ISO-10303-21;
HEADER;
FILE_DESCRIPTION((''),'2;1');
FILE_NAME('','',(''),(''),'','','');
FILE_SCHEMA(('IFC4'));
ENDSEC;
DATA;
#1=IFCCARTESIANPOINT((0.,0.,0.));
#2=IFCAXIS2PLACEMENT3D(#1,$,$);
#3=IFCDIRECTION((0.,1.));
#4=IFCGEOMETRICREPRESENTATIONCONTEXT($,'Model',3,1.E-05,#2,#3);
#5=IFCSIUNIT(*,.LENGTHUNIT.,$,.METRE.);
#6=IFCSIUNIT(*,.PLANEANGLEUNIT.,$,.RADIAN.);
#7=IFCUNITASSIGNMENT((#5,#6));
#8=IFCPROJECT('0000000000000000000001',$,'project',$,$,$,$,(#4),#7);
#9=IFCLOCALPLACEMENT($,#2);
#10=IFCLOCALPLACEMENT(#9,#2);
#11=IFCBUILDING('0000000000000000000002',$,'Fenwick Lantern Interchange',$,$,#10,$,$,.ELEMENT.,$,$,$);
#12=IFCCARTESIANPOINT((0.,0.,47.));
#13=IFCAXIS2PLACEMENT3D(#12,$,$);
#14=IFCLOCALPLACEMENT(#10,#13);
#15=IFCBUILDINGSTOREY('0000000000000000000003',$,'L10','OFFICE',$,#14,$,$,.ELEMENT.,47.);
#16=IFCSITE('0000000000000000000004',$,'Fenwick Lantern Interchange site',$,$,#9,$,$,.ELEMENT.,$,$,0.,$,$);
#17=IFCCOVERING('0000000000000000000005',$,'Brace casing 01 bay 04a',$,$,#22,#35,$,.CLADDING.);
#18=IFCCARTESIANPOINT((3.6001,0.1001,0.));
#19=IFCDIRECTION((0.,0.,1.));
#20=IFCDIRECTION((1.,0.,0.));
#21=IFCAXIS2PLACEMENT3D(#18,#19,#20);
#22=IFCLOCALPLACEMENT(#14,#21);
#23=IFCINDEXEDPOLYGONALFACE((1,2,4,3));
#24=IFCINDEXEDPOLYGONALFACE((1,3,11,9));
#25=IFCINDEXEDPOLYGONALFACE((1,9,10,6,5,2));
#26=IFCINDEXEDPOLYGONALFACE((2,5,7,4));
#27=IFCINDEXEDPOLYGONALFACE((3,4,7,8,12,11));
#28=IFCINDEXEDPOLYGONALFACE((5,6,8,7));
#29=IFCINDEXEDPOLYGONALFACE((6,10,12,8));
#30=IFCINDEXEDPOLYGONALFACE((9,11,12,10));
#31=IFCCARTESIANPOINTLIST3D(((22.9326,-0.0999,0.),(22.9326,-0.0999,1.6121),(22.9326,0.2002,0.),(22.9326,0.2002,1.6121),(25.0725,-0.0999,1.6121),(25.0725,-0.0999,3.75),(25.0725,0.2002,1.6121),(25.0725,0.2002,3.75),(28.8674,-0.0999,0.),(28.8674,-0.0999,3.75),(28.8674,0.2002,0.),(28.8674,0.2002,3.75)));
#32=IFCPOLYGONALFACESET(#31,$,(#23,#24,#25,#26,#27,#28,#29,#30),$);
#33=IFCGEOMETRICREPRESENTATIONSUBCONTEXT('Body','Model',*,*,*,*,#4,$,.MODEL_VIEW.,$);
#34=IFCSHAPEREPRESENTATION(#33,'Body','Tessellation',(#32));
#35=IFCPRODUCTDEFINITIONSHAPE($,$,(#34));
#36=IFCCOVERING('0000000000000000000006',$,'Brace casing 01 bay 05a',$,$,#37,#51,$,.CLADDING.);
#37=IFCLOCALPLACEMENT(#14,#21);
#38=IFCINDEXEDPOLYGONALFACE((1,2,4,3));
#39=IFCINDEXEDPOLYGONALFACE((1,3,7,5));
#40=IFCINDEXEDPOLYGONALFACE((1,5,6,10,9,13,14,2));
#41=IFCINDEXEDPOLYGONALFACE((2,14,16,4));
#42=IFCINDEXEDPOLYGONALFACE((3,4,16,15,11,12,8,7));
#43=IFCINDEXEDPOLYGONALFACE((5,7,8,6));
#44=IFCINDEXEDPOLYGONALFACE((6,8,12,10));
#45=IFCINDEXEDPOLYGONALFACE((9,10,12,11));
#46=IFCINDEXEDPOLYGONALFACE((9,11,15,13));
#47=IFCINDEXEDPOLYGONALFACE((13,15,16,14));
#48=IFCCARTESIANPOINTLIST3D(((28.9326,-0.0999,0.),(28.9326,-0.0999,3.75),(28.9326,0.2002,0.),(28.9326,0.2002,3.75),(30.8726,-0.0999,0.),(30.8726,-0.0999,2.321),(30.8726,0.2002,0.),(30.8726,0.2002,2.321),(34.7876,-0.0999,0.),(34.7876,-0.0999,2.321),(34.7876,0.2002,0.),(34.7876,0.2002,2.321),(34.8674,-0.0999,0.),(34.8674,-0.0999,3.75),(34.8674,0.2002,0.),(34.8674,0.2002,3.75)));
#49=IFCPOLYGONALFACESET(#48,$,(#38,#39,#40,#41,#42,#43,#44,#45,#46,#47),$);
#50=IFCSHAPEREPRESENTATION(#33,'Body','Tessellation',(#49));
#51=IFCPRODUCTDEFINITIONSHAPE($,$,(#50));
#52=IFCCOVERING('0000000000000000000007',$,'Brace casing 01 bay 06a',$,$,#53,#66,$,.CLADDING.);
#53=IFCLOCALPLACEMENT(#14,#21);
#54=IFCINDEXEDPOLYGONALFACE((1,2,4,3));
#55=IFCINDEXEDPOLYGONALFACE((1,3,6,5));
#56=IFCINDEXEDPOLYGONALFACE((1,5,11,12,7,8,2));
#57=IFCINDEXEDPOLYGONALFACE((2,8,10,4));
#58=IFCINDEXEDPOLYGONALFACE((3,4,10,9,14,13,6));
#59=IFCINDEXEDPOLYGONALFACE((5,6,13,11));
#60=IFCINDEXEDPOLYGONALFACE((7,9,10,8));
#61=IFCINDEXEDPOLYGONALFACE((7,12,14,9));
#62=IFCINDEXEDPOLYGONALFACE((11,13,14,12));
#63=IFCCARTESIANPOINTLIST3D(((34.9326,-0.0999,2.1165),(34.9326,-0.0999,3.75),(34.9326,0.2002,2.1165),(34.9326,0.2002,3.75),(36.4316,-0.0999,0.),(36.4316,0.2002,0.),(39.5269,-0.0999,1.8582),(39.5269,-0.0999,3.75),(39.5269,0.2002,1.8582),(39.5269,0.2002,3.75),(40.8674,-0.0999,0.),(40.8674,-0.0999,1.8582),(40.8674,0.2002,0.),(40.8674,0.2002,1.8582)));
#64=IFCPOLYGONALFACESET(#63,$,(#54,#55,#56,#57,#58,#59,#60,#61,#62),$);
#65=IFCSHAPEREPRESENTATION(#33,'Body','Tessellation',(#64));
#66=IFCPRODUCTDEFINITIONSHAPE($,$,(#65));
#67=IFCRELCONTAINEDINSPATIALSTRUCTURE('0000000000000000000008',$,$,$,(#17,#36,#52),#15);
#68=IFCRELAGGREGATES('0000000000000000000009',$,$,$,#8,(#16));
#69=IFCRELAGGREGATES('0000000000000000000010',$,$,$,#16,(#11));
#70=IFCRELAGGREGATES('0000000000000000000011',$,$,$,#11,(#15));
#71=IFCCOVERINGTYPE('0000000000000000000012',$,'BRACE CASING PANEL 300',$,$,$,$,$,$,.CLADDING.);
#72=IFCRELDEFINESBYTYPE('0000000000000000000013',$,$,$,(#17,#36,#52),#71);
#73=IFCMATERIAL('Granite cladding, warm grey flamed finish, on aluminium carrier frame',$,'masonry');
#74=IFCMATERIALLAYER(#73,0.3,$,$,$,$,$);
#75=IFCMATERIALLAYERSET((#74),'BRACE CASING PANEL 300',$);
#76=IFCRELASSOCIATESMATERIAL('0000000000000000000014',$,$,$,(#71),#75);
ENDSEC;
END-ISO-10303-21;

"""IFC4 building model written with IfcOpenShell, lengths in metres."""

from ifc_helpers import new_model, si_unit, direction, frame, origin, place, context, subcontext, project, spatial, polyline, outline, extrude, material, layer, layer_set, type_object, element, save


model = new_model("IFC4")

# Units and contexts
model_context = context("Model", 3, precision=1e-05, world=origin(), true_north=direction((0.0, 1.0)))
body_context = subcontext(model_context, "Body", "Model", "MODEL_VIEW")
ifc_project = project(units=[si_unit("LENGTHUNIT", "METRE"), si_unit("PLANEANGLEUNIT", "RADIAN")], contexts=[model_context])

# Site, building, storey
site_placement = place(None, origin())
site = spatial("IfcSite", under=ifc_project, at=site_placement, Name="Fenwick Lantern Interchange site", CompositionType="ELEMENT", RefElevation=0.0)
building_placement = place(site_placement, origin())
building = spatial("IfcBuilding", under=site, at=building_placement, Name="Fenwick Lantern Interchange", CompositionType="ELEMENT")
storey_placement = place(building_placement, frame((0.0, 0.0, 47.0)))
storey = spatial("IfcBuildingStorey", under=building, at=storey_placement, Name="L10", Description="OFFICE", CompositionType="ELEMENT", Elevation=47.0)

# Coverings
ifc_material_1 = material(Name="Granite cladding, warm grey flamed finish, on aluminium carrier frame", Category="masonry")
ifc_layer_1 = layer(ifc_material_1, 0.3)
ifc_layer_set_1 = layer_set([ifc_layer_1], Name="BRACE CASING PANEL 300")
covering_type = type_object("IfcCoveringType", Name="BRACE CASING PANEL 300", PredefinedType="CLADDING", material=ifc_layer_set_1)
covering_1_placement = place(storey_placement, frame((3.6001, 0.1001, 0.0), z_axis=(0.0, 0.0, 1.0), x_axis=(1.0, 0.0, 0.0)))
element("IfcCovering", 1, at=covering_1_placement, inside=storey, type_object=covering_type, Name="Brace casing 01 bay 04a", PredefinedType="CLADDING", context=body_context, shape_type="SweptSolid", body=[
    extrude(outline(polyline([(22.9326, 0.0), (28.8674, 0.0), (28.8674, 3.75), (25.0725, 3.75), (25.0725, 1.6121), (22.9326, 1.6121), (22.9326, 0.0)])), frame((0.0, 0.2002, 0.0), z_axis=(0.0, -1.0, 0.0), x_axis=(1.0, 0.0, 0.0)), (0.0, 0.0, 1.0), 0.3),
])
covering_2_placement = place(storey_placement, frame((3.6001, 0.1001, 0.0), z_axis=(0.0, 0.0, 1.0), x_axis=(1.0, 0.0, 0.0)))
element("IfcCovering", 2, at=covering_2_placement, inside=storey, type_object=covering_type, Name="Brace casing 01 bay 05a", PredefinedType="CLADDING", context=body_context, shape_type="SweptSolid", body=[
    extrude(outline(polyline([(28.9326, 0.0), (30.8726, 0.0), (30.8726, 2.321), (34.7876, 2.321), (34.7876, 0.0), (34.8674, 0.0), (34.8674, 3.75), (28.9326, 3.75), (28.9326, 0.0)])), frame((0.0, 0.2002, 0.0), z_axis=(0.0, -1.0, 0.0), x_axis=(1.0, 0.0, 0.0)), (0.0, 0.0, 1.0), 0.3),
])
covering_3_placement = place(storey_placement, frame((3.6001, 0.1001, 0.0), z_axis=(0.0, 0.0, 1.0), x_axis=(1.0, 0.0, 0.0)))
element("IfcCovering", 3, at=covering_3_placement, inside=storey, type_object=covering_type, Name="Brace casing 01 bay 06a", PredefinedType="CLADDING", context=body_context, shape_type="SweptSolid", body=[
    extrude(outline(polyline([(36.4316, 0.0), (40.8674, 0.0), (40.8674, 1.8582), (39.5269, 1.8582), (39.5269, 3.75), (34.9326, 3.75), (34.9326, 2.1165), (36.4316, 0.0)])), frame((0.0, 0.2002, 0.0), z_axis=(0.0, -1.0, 0.0), x_axis=(1.0, 0.0, 0.0)), (0.0, 0.0, 1.0), 0.3),
])

save(model, "model.ifc")
